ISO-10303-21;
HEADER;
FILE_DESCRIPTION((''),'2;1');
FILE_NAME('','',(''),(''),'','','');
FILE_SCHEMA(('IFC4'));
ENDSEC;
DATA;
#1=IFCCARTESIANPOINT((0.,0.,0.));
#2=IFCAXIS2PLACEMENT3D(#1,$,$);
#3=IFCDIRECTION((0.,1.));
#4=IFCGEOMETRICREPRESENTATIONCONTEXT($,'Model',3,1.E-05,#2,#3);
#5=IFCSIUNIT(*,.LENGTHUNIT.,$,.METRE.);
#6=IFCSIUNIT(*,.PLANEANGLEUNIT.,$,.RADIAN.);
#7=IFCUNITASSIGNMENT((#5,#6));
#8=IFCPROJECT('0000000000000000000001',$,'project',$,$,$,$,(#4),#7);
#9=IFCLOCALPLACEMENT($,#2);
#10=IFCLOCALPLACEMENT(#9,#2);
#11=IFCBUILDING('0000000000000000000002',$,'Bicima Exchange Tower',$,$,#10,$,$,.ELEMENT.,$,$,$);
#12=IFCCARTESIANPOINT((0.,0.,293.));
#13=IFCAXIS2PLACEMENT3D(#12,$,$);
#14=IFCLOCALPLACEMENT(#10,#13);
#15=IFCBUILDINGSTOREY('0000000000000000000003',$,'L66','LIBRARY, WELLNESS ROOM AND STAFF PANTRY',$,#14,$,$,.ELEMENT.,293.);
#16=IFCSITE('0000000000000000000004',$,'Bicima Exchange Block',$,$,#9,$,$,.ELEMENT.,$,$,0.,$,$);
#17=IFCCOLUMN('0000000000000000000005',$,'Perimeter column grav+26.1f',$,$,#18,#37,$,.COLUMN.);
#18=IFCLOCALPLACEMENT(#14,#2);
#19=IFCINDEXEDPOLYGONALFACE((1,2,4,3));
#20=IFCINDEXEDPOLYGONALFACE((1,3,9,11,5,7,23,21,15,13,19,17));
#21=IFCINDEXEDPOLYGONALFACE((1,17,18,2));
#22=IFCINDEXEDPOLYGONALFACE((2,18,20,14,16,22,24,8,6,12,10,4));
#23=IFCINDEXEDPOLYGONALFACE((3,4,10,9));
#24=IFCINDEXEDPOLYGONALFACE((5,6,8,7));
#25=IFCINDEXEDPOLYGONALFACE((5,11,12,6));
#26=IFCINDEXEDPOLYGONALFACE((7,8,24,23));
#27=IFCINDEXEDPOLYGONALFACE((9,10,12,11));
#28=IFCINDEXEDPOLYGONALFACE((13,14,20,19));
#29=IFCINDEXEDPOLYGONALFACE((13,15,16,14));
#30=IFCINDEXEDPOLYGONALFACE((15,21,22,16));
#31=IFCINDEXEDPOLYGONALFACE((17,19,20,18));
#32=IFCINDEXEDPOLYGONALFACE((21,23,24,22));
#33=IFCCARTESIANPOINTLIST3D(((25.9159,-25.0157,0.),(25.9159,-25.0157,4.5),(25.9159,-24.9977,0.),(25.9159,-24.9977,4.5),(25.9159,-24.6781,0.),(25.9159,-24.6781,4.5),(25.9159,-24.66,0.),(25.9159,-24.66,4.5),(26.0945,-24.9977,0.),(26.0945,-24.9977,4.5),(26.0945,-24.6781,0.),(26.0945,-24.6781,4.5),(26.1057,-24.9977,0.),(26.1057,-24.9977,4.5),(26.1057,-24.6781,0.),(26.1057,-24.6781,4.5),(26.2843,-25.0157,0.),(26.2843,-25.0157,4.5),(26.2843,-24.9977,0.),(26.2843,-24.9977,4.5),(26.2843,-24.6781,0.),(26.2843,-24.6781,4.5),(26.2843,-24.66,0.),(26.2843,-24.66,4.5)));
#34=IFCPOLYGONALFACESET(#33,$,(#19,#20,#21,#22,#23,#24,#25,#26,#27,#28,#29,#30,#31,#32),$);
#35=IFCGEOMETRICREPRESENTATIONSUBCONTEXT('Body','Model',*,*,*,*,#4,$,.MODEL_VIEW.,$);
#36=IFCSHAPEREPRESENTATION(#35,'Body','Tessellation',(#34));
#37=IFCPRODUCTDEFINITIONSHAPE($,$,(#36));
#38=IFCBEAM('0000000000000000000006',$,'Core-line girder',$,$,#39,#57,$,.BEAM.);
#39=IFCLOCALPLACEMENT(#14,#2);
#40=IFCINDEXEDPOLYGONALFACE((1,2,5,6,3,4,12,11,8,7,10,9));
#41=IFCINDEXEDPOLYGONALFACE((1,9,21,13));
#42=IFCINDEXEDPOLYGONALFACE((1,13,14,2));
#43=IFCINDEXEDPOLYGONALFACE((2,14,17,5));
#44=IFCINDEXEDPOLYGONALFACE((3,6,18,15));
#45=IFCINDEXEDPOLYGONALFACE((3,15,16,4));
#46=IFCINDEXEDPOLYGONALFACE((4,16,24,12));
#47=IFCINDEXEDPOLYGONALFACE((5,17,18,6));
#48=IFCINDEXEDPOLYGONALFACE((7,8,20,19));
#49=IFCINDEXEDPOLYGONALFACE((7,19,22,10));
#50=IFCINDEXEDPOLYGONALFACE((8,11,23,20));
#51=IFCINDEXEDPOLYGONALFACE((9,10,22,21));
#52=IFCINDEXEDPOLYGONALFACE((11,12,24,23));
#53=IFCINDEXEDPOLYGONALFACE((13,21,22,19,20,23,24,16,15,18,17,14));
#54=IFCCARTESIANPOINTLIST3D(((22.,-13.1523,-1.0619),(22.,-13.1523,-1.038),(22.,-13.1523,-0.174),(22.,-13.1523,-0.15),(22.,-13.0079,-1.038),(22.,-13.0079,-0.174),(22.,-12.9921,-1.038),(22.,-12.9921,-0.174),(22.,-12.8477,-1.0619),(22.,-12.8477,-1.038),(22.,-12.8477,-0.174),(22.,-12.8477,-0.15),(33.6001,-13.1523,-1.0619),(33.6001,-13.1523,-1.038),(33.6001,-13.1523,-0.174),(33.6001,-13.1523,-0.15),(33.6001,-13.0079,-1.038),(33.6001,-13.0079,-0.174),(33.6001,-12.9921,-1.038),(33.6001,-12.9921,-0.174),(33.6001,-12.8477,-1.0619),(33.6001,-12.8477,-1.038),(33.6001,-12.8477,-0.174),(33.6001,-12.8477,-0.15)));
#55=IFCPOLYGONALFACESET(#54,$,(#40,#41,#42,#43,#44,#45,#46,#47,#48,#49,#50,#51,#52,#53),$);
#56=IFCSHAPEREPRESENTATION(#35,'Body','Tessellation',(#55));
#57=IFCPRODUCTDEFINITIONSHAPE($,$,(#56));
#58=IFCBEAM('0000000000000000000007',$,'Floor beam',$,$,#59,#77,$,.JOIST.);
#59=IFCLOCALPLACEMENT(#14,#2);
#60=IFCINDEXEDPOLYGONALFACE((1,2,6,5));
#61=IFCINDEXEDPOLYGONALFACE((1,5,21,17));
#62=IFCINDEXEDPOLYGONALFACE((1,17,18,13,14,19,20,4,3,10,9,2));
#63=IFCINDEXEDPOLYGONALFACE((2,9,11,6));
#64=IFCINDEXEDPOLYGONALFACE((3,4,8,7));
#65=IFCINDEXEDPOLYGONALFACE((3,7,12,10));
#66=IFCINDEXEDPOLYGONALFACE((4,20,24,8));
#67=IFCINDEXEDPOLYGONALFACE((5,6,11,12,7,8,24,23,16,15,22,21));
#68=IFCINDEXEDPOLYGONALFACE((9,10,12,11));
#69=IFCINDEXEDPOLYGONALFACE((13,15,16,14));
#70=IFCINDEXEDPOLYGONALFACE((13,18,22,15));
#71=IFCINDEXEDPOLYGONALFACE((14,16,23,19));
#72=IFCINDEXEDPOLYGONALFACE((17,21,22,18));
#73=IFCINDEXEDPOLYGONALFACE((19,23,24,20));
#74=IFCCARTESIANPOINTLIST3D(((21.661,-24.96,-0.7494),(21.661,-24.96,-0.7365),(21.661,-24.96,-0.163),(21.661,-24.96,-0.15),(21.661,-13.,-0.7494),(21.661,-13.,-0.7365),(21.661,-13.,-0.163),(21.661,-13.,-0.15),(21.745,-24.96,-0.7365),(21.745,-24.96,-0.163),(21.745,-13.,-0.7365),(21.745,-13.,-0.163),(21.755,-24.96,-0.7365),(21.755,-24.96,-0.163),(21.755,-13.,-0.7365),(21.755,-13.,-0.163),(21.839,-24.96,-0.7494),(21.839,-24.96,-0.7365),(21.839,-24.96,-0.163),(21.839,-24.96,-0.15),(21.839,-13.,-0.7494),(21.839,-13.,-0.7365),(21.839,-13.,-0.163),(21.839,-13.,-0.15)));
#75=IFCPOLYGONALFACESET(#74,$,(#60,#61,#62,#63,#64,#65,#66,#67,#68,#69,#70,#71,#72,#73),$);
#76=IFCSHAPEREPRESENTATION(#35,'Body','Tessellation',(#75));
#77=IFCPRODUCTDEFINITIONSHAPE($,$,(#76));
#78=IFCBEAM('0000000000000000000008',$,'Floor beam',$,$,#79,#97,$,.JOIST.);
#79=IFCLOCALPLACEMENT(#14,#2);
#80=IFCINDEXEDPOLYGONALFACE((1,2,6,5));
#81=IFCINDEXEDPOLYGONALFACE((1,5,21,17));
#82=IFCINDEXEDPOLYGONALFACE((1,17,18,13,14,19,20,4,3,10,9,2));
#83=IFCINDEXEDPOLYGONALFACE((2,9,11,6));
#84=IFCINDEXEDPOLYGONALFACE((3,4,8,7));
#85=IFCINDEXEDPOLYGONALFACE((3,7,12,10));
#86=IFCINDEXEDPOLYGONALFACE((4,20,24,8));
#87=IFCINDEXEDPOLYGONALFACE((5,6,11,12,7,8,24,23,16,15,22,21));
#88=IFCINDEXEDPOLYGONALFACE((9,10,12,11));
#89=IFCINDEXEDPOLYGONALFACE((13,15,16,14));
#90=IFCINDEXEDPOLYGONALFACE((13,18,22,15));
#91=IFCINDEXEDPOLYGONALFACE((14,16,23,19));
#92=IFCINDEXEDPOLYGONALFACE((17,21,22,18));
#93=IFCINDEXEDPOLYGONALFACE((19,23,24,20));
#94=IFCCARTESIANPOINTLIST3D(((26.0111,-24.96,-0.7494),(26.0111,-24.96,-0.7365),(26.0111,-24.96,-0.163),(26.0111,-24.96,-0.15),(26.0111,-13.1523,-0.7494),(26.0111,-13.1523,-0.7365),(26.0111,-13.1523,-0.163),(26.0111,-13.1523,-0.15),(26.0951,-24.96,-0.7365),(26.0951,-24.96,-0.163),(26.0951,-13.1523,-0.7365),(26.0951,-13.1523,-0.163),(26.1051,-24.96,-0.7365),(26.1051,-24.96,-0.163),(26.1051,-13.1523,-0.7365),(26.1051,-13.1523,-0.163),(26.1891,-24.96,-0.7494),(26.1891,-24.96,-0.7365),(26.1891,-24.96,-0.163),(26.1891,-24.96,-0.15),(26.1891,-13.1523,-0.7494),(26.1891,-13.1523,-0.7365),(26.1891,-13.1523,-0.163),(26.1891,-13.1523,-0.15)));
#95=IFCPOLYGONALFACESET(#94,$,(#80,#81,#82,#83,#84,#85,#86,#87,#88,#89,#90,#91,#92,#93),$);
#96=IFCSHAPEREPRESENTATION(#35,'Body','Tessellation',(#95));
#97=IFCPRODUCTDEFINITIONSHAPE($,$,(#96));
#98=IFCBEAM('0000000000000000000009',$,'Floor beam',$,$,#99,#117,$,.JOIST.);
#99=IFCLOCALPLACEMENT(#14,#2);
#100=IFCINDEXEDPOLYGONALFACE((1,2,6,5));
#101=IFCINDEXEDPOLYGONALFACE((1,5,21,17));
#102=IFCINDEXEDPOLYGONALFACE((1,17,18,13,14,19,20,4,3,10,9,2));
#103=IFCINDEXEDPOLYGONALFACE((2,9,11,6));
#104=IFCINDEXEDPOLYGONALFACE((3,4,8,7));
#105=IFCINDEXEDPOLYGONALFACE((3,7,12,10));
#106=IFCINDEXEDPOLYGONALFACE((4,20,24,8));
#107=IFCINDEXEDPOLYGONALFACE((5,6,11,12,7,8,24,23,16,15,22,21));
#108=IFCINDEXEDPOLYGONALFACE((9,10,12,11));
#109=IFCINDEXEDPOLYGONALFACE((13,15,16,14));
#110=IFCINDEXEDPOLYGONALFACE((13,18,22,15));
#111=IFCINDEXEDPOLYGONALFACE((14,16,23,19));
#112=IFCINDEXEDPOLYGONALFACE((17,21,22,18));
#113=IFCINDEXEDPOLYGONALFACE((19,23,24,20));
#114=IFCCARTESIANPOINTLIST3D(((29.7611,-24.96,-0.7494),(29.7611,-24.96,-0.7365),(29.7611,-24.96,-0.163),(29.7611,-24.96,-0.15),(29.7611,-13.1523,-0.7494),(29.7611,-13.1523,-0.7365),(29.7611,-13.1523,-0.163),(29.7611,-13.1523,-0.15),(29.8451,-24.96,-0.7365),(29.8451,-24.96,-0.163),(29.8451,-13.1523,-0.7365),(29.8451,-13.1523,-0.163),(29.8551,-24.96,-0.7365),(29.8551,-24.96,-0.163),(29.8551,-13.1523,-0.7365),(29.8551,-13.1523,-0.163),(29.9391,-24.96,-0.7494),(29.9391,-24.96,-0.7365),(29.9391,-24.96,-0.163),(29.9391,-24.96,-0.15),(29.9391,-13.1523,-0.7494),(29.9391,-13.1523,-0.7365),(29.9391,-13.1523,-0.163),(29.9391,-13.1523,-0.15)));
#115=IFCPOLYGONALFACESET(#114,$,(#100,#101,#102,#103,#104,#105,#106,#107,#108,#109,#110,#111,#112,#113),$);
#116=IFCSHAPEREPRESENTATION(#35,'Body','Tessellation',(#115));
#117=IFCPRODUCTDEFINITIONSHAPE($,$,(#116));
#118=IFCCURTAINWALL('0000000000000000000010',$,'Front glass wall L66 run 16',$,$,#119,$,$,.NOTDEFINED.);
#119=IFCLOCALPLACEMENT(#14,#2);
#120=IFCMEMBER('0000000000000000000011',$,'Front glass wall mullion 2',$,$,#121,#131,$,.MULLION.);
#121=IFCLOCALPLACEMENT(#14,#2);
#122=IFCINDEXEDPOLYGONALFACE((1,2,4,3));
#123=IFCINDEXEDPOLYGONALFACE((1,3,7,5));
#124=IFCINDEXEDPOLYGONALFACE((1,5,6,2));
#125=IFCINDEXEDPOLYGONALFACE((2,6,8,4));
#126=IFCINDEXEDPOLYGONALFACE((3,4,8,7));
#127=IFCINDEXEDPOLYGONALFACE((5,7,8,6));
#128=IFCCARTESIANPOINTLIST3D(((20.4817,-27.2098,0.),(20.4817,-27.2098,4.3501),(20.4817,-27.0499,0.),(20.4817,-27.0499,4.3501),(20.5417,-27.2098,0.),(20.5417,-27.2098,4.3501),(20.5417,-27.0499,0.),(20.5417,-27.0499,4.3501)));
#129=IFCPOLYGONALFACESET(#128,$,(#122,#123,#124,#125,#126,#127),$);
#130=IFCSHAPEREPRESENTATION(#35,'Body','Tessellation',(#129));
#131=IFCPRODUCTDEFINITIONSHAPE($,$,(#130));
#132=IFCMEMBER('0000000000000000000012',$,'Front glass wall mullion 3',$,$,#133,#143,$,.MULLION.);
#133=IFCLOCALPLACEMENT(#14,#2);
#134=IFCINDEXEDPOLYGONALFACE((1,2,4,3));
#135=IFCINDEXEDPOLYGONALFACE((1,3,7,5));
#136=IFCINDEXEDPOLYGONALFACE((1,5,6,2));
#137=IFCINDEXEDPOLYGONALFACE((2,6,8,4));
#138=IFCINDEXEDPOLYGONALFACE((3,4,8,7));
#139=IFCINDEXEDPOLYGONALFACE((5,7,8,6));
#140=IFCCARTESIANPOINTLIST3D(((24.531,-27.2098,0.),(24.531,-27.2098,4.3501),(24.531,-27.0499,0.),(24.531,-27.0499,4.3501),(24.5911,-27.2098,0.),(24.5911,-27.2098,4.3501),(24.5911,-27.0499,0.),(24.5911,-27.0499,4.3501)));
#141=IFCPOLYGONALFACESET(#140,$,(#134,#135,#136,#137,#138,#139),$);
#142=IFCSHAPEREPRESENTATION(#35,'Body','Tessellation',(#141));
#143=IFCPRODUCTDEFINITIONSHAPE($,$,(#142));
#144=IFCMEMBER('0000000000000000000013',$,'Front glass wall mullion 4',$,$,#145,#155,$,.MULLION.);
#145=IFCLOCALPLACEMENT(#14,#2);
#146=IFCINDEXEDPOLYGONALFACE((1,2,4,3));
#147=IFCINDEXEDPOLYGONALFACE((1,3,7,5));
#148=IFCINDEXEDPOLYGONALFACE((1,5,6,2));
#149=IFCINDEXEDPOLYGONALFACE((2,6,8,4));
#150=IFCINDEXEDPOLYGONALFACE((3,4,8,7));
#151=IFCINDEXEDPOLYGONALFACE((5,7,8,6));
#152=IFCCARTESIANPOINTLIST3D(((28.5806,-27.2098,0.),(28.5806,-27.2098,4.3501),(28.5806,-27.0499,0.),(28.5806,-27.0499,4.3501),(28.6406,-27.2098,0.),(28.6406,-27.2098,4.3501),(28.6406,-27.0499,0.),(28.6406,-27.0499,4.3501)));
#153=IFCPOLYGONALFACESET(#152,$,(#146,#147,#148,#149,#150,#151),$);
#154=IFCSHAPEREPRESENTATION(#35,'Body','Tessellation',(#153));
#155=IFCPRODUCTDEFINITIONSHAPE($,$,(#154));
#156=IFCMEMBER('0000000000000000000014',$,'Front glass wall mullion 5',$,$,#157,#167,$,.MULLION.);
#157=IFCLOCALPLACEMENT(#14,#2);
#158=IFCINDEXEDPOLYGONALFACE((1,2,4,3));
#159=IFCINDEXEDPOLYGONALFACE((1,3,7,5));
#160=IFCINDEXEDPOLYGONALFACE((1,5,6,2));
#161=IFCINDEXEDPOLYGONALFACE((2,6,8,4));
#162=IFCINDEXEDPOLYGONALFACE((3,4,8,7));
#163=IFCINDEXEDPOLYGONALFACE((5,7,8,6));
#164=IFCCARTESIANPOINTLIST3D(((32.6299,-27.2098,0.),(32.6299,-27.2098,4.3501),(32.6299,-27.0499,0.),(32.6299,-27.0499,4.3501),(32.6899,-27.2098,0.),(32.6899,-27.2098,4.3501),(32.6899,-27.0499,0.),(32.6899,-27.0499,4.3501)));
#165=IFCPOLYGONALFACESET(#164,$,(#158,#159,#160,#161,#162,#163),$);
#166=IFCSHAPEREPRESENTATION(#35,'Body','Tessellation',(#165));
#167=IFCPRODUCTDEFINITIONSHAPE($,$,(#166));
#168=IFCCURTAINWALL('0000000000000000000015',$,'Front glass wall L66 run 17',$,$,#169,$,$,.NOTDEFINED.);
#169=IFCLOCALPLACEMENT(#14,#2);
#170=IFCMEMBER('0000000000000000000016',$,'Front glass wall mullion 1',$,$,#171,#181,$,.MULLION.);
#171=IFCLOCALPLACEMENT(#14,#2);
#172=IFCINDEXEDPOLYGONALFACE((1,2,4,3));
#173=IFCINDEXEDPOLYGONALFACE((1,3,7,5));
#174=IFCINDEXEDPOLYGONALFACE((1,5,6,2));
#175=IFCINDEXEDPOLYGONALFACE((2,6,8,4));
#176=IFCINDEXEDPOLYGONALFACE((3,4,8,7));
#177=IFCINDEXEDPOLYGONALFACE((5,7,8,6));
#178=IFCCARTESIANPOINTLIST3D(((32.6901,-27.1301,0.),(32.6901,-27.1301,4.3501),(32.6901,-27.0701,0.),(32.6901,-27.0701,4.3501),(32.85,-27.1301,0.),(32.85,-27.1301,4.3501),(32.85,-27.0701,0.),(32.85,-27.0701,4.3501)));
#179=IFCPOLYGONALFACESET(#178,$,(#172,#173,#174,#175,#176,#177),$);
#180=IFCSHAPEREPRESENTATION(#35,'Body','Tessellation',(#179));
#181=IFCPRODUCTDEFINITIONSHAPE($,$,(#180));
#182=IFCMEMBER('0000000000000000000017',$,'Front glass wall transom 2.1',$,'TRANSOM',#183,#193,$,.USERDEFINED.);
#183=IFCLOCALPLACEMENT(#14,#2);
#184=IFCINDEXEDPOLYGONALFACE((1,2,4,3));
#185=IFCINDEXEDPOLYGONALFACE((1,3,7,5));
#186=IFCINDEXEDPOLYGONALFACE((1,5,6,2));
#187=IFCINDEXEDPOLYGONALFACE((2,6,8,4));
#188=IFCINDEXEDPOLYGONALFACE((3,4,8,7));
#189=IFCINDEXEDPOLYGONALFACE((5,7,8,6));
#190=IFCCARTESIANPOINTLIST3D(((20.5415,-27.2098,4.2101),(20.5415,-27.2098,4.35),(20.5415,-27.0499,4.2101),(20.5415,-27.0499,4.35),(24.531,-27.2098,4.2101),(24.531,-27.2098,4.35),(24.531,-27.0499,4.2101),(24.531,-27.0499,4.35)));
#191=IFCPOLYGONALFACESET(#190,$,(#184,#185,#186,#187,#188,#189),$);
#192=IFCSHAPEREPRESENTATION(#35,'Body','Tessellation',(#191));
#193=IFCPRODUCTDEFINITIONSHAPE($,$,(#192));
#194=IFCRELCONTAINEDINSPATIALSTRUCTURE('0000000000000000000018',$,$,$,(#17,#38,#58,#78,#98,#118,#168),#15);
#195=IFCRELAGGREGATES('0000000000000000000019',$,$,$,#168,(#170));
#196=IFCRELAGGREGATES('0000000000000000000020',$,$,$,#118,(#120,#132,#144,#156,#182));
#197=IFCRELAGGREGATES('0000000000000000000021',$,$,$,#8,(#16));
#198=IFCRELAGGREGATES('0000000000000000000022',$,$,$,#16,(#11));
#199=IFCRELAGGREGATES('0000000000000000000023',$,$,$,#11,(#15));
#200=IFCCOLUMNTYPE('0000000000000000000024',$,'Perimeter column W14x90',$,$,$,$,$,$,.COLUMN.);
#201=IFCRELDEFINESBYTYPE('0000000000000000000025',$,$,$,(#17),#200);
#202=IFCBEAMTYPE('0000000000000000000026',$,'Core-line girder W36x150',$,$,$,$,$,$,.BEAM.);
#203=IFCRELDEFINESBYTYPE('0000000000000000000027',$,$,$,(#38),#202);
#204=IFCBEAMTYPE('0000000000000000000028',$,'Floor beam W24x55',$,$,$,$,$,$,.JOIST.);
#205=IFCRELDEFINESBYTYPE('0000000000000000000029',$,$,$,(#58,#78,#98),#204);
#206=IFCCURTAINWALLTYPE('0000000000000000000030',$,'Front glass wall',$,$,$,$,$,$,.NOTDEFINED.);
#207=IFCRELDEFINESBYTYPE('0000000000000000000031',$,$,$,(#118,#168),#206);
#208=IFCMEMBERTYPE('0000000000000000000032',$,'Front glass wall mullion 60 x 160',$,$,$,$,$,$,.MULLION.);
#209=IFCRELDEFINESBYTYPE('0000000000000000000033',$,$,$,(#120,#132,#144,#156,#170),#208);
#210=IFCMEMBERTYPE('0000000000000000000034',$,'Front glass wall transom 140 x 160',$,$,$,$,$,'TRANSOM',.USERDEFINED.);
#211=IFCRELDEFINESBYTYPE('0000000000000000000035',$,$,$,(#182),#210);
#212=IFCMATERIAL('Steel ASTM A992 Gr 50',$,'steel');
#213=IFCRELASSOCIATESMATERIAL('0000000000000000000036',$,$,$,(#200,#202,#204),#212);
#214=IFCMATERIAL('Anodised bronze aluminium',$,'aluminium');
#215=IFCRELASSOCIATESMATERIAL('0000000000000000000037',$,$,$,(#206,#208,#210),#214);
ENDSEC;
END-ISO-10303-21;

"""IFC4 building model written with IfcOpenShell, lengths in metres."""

from ifc_helpers import new_model, si_unit, direction, frame, origin, origin_2d, place, context, subcontext, project, spatial, rectangle, i_section, extrude, material, material_profile, profile_set, type_object, element, aggregate, save


model = new_model("IFC4")

# Units and contexts
model_context = context("Model", 3, precision=1e-05, world=origin(), true_north=direction((0.0, 1.0)))
body_context = subcontext(model_context, "Body", "Model", "MODEL_VIEW")
ifc_project = project(units=[si_unit("LENGTHUNIT", "METRE"), si_unit("PLANEANGLEUNIT", "RADIAN")], contexts=[model_context])

# Site, building, storey
site_placement = place(None, origin())
site = spatial("IfcSite", under=ifc_project, at=site_placement, Name="Bicima Exchange Block", CompositionType="ELEMENT", RefElevation=0.0)
building_placement = place(site_placement, origin())
building = spatial("IfcBuilding", under=site, at=building_placement, Name="Bicima Exchange Tower", CompositionType="ELEMENT")
storey_placement = place(building_placement, frame((0.0, 0.0, 293.0)))
storey = spatial("IfcBuildingStorey", under=building, at=storey_placement, Name="L66", Description="LIBRARY, WELLNESS ROOM AND STAFF PANTRY", CompositionType="ELEMENT", Elevation=293.0)

# Column
ifc_material_1 = material(Name="Steel ASTM A992 Gr 50", Category="steel")
ifc_material_profile_1 = material_profile(ifc_material_1, i_section(OverallWidth=0.3684, OverallDepth=0.3557, WebThickness=0.0112, FlangeThickness=0.0181, at=origin_2d()))
ifc_profile_set_1 = profile_set([ifc_material_profile_1], Name="Steel ASTM A992 Gr 50")
column_type = type_object("IfcColumnType", Name="Perimeter column W14x90", PredefinedType="COLUMN", material=ifc_profile_set_1)
column_placement = place(storey_placement, frame((26.1001, -24.8379, 0.0), z_axis=(0.0, 0.0, 1.0), x_axis=(1.0, 0.0, 0.0)))
element("IfcColumn", 1, at=column_placement, inside=storey, type_object=column_type, Name="Perimeter column grav+26.1f", PredefinedType="COLUMN", context=body_context, shape_type="SweptSolid", body=[
    extrude(i_section(OverallWidth=0.3684, OverallDepth=0.3557, WebThickness=0.0112, FlangeThickness=0.0181, at=origin_2d()), origin(), (0.0, 0.0, 1.0), 4.5),
])

# Beams
ifc_material_profile_2 = material_profile(ifc_material_1, i_section(OverallWidth=0.3047, OverallDepth=0.9119, WebThickness=0.0159, FlangeThickness=0.0239, at=origin_2d()))
ifc_profile_set_2 = profile_set([ifc_material_profile_2], Name="Steel ASTM A992 Gr 50")
beam_type_1 = type_object("IfcBeamType", Name="Core-line girder W36x150", PredefinedType="BEAM", material=ifc_profile_set_2)
beam_1_placement = place(storey_placement, frame((22.0, -13.0, -0.606), z_axis=(1.0, 0.0, 0.0), x_axis=(0.0, 1.0, 0.0)))
element("IfcBeam", 2, at=beam_1_placement, inside=storey, type_object=beam_type_1, Name="Core-line girder", PredefinedType="BEAM", context=body_context, shape_type="SweptSolid", body=[
    extrude(i_section(OverallWidth=0.3047, OverallDepth=0.9119, WebThickness=0.0159, FlangeThickness=0.0239, at=origin_2d()), origin(), (0.0, 0.0, 1.0), 11.6001),
])
ifc_material_profile_3 = material_profile(ifc_material_1, i_section(OverallWidth=0.178, OverallDepth=0.5994, WebThickness=0.01, FlangeThickness=0.0129, at=origin_2d()))
ifc_profile_set_3 = profile_set([ifc_material_profile_3], Name="Steel ASTM A992 Gr 50")
beam_type_2 = type_object("IfcBeamType", Name="Floor beam W24x55", PredefinedType="JOIST", material=ifc_profile_set_3)
beam_2_placement = place(storey_placement, frame((21.75, -13.0, -0.4497), z_axis=(0.0, -1.0, 0.0), x_axis=(1.0, 0.0, 0.0)))
element("IfcBeam", 3, at=beam_2_placement, inside=storey, type_object=beam_type_2, Name="Floor beam", PredefinedType="JOIST", context=body_context, shape_type="SweptSolid", body=[
    extrude(i_section(OverallWidth=0.178, OverallDepth=0.5994, WebThickness=0.01, FlangeThickness=0.0129, at=origin_2d()), origin(), (0.0, 0.0, 1.0), 11.96),
])
for number, where, z_axis, x_axis, name in (
    (4, (26.1001, -13.1523, -0.4497), (0.0, -1.0, 0.0), (1.0, 0.0, 0.0), "Floor beam"),
    (5, (29.8501, -13.1523, -0.4497), (0.0, -1.0, 0.0), (1.0, 0.0, 0.0), "Floor beam"),
):
    element("IfcBeam", number, at=place(storey_placement, frame(where, z_axis=z_axis, x_axis=x_axis)), inside=storey, type_object=beam_type_2, Name=name, PredefinedType="JOIST", context=body_context, shape_type="SweptSolid", body=[
        extrude(i_section(OverallWidth=0.178, OverallDepth=0.5994, WebThickness=0.01, FlangeThickness=0.0129, at=origin_2d()), origin(), (0.0, 0.0, 1.0), 11.8076),
    ])

# Curtain wall, members
ifc_material_2 = material(Name="Anodised bronze aluminium", Category="aluminium")
curtain_wall_type = type_object("IfcCurtainWallType", Name="Front glass wall", PredefinedType="NOTDEFINED", material=ifc_material_2)
curtain_wall_1_placement = place(storey_placement, origin())
curtain_wall_1 = element("IfcCurtainWall", 6, at=curtain_wall_1_placement, inside=storey, type_object=curtain_wall_type, Name="Front glass wall L66 run 16", PredefinedType="NOTDEFINED")
ifc_material_profile_4 = material_profile(ifc_material_2, rectangle(XDim=0.1599, YDim=0.0601, at=origin_2d()))
ifc_profile_set_4 = profile_set([ifc_material_profile_4], Name="Anodised bronze aluminium")
member_type_1 = type_object("IfcMemberType", Name="Front glass wall mullion 60 x 160", PredefinedType="MULLION", material=ifc_profile_set_4)
member_1_placement = place(storey_placement, frame((20.5117, -27.1299, 0.0), z_axis=(0.0, 0.0, 1.0), x_axis=(0.0, 1.0, 0.0)))
member_1 = element("IfcMember", 7, at=member_1_placement, type_object=member_type_1, Name="Front glass wall mullion 2", PredefinedType="MULLION", context=body_context, shape_type="SweptSolid", body=[
    extrude(rectangle(XDim=0.1599, YDim=0.0601, at=origin_2d()), origin(), (0.0, 0.0, 1.0), 4.3501),
])
member_2_placement = place(storey_placement, frame((24.561, -27.1299, 0.0), z_axis=(0.0, 0.0, 1.0), x_axis=(0.0, 1.0, 0.0)))
member_2 = element("IfcMember", 8, at=member_2_placement, type_object=member_type_1, Name="Front glass wall mullion 3", PredefinedType="MULLION", context=body_context, shape_type="SweptSolid", body=[
    extrude(rectangle(XDim=0.1599, YDim=0.0601, at=origin_2d()), origin(), (0.0, 0.0, 1.0), 4.3501),
])
member_3_placement = place(storey_placement, frame((28.6106, -27.1299, 0.0), z_axis=(0.0, 0.0, 1.0), x_axis=(0.0, 1.0, 0.0)))
member_3 = element("IfcMember", 9, at=member_3_placement, type_object=member_type_1, Name="Front glass wall mullion 4", PredefinedType="MULLION", context=body_context, shape_type="SweptSolid", body=[
    extrude(rectangle(XDim=0.1599, YDim=0.0601, at=origin_2d()), origin(), (0.0, 0.0, 1.0), 4.3501),
])
member_4_placement = place(storey_placement, frame((32.6599, -27.1299, 0.0), z_axis=(0.0, 0.0, 1.0), x_axis=(0.0, 1.0, 0.0)))
member_4 = element("IfcMember", 10, at=member_4_placement, type_object=member_type_1, Name="Front glass wall mullion 5", PredefinedType="MULLION", context=body_context, shape_type="SweptSolid", body=[
    extrude(rectangle(XDim=0.1599, YDim=0.0601, at=origin_2d()), origin(), (0.0, 0.0, 1.0), 4.3501),
])

# Curtain wall, member
curtain_wall_2_placement = place(storey_placement, origin())
curtain_wall_2 = element("IfcCurtainWall", 11, at=curtain_wall_2_placement, inside=storey, type_object=curtain_wall_type, Name="Front glass wall L66 run 17", PredefinedType="NOTDEFINED")
member_5_placement = place(storey_placement, frame((32.77, -27.1001, 0.0), z_axis=(0.0, 0.0, 1.0), x_axis=(-1.0, 0.0, 0.0)))
member_5 = element("IfcMember", 12, at=member_5_placement, type_object=member_type_1, Name="Front glass wall mullion 1", PredefinedType="MULLION", context=body_context, shape_type="SweptSolid", body=[
    extrude(rectangle(XDim=0.1599, YDim=0.0601, at=origin_2d()), origin(), (0.0, 0.0, 1.0), 4.3501),
])
aggregate(curtain_wall_2, [member_5])

# Member
ifc_material_profile_5 = material_profile(ifc_material_2, rectangle(XDim=0.1599, YDim=0.1399, at=origin_2d()))
ifc_profile_set_5 = profile_set([ifc_material_profile_5], Name="Anodised bronze aluminium")
member_type_2 = type_object("IfcMemberType", Name="Front glass wall transom 140 x 160", ElementType="TRANSOM", PredefinedType="USERDEFINED", material=ifc_profile_set_5)
member_6_placement = place(storey_placement, frame((20.5415, -27.1299, 4.28), z_axis=(1.0, 0.0, 0.0), x_axis=(0.0, 1.0, 0.0)))
member_6 = element("IfcMember", 13, at=member_6_placement, type_object=member_type_2, Name="Front glass wall transom 2.1", ObjectType="TRANSOM", PredefinedType="USERDEFINED", context=body_context, shape_type="SweptSolid", body=[
    extrude(rectangle(XDim=0.1599, YDim=0.1399, at=origin_2d()), origin(), (0.0, 0.0, 1.0), 3.9895),
])

aggregate(curtain_wall_1, [member_1, member_2, member_3, member_4, member_6])

save(model, "model.ifc")
